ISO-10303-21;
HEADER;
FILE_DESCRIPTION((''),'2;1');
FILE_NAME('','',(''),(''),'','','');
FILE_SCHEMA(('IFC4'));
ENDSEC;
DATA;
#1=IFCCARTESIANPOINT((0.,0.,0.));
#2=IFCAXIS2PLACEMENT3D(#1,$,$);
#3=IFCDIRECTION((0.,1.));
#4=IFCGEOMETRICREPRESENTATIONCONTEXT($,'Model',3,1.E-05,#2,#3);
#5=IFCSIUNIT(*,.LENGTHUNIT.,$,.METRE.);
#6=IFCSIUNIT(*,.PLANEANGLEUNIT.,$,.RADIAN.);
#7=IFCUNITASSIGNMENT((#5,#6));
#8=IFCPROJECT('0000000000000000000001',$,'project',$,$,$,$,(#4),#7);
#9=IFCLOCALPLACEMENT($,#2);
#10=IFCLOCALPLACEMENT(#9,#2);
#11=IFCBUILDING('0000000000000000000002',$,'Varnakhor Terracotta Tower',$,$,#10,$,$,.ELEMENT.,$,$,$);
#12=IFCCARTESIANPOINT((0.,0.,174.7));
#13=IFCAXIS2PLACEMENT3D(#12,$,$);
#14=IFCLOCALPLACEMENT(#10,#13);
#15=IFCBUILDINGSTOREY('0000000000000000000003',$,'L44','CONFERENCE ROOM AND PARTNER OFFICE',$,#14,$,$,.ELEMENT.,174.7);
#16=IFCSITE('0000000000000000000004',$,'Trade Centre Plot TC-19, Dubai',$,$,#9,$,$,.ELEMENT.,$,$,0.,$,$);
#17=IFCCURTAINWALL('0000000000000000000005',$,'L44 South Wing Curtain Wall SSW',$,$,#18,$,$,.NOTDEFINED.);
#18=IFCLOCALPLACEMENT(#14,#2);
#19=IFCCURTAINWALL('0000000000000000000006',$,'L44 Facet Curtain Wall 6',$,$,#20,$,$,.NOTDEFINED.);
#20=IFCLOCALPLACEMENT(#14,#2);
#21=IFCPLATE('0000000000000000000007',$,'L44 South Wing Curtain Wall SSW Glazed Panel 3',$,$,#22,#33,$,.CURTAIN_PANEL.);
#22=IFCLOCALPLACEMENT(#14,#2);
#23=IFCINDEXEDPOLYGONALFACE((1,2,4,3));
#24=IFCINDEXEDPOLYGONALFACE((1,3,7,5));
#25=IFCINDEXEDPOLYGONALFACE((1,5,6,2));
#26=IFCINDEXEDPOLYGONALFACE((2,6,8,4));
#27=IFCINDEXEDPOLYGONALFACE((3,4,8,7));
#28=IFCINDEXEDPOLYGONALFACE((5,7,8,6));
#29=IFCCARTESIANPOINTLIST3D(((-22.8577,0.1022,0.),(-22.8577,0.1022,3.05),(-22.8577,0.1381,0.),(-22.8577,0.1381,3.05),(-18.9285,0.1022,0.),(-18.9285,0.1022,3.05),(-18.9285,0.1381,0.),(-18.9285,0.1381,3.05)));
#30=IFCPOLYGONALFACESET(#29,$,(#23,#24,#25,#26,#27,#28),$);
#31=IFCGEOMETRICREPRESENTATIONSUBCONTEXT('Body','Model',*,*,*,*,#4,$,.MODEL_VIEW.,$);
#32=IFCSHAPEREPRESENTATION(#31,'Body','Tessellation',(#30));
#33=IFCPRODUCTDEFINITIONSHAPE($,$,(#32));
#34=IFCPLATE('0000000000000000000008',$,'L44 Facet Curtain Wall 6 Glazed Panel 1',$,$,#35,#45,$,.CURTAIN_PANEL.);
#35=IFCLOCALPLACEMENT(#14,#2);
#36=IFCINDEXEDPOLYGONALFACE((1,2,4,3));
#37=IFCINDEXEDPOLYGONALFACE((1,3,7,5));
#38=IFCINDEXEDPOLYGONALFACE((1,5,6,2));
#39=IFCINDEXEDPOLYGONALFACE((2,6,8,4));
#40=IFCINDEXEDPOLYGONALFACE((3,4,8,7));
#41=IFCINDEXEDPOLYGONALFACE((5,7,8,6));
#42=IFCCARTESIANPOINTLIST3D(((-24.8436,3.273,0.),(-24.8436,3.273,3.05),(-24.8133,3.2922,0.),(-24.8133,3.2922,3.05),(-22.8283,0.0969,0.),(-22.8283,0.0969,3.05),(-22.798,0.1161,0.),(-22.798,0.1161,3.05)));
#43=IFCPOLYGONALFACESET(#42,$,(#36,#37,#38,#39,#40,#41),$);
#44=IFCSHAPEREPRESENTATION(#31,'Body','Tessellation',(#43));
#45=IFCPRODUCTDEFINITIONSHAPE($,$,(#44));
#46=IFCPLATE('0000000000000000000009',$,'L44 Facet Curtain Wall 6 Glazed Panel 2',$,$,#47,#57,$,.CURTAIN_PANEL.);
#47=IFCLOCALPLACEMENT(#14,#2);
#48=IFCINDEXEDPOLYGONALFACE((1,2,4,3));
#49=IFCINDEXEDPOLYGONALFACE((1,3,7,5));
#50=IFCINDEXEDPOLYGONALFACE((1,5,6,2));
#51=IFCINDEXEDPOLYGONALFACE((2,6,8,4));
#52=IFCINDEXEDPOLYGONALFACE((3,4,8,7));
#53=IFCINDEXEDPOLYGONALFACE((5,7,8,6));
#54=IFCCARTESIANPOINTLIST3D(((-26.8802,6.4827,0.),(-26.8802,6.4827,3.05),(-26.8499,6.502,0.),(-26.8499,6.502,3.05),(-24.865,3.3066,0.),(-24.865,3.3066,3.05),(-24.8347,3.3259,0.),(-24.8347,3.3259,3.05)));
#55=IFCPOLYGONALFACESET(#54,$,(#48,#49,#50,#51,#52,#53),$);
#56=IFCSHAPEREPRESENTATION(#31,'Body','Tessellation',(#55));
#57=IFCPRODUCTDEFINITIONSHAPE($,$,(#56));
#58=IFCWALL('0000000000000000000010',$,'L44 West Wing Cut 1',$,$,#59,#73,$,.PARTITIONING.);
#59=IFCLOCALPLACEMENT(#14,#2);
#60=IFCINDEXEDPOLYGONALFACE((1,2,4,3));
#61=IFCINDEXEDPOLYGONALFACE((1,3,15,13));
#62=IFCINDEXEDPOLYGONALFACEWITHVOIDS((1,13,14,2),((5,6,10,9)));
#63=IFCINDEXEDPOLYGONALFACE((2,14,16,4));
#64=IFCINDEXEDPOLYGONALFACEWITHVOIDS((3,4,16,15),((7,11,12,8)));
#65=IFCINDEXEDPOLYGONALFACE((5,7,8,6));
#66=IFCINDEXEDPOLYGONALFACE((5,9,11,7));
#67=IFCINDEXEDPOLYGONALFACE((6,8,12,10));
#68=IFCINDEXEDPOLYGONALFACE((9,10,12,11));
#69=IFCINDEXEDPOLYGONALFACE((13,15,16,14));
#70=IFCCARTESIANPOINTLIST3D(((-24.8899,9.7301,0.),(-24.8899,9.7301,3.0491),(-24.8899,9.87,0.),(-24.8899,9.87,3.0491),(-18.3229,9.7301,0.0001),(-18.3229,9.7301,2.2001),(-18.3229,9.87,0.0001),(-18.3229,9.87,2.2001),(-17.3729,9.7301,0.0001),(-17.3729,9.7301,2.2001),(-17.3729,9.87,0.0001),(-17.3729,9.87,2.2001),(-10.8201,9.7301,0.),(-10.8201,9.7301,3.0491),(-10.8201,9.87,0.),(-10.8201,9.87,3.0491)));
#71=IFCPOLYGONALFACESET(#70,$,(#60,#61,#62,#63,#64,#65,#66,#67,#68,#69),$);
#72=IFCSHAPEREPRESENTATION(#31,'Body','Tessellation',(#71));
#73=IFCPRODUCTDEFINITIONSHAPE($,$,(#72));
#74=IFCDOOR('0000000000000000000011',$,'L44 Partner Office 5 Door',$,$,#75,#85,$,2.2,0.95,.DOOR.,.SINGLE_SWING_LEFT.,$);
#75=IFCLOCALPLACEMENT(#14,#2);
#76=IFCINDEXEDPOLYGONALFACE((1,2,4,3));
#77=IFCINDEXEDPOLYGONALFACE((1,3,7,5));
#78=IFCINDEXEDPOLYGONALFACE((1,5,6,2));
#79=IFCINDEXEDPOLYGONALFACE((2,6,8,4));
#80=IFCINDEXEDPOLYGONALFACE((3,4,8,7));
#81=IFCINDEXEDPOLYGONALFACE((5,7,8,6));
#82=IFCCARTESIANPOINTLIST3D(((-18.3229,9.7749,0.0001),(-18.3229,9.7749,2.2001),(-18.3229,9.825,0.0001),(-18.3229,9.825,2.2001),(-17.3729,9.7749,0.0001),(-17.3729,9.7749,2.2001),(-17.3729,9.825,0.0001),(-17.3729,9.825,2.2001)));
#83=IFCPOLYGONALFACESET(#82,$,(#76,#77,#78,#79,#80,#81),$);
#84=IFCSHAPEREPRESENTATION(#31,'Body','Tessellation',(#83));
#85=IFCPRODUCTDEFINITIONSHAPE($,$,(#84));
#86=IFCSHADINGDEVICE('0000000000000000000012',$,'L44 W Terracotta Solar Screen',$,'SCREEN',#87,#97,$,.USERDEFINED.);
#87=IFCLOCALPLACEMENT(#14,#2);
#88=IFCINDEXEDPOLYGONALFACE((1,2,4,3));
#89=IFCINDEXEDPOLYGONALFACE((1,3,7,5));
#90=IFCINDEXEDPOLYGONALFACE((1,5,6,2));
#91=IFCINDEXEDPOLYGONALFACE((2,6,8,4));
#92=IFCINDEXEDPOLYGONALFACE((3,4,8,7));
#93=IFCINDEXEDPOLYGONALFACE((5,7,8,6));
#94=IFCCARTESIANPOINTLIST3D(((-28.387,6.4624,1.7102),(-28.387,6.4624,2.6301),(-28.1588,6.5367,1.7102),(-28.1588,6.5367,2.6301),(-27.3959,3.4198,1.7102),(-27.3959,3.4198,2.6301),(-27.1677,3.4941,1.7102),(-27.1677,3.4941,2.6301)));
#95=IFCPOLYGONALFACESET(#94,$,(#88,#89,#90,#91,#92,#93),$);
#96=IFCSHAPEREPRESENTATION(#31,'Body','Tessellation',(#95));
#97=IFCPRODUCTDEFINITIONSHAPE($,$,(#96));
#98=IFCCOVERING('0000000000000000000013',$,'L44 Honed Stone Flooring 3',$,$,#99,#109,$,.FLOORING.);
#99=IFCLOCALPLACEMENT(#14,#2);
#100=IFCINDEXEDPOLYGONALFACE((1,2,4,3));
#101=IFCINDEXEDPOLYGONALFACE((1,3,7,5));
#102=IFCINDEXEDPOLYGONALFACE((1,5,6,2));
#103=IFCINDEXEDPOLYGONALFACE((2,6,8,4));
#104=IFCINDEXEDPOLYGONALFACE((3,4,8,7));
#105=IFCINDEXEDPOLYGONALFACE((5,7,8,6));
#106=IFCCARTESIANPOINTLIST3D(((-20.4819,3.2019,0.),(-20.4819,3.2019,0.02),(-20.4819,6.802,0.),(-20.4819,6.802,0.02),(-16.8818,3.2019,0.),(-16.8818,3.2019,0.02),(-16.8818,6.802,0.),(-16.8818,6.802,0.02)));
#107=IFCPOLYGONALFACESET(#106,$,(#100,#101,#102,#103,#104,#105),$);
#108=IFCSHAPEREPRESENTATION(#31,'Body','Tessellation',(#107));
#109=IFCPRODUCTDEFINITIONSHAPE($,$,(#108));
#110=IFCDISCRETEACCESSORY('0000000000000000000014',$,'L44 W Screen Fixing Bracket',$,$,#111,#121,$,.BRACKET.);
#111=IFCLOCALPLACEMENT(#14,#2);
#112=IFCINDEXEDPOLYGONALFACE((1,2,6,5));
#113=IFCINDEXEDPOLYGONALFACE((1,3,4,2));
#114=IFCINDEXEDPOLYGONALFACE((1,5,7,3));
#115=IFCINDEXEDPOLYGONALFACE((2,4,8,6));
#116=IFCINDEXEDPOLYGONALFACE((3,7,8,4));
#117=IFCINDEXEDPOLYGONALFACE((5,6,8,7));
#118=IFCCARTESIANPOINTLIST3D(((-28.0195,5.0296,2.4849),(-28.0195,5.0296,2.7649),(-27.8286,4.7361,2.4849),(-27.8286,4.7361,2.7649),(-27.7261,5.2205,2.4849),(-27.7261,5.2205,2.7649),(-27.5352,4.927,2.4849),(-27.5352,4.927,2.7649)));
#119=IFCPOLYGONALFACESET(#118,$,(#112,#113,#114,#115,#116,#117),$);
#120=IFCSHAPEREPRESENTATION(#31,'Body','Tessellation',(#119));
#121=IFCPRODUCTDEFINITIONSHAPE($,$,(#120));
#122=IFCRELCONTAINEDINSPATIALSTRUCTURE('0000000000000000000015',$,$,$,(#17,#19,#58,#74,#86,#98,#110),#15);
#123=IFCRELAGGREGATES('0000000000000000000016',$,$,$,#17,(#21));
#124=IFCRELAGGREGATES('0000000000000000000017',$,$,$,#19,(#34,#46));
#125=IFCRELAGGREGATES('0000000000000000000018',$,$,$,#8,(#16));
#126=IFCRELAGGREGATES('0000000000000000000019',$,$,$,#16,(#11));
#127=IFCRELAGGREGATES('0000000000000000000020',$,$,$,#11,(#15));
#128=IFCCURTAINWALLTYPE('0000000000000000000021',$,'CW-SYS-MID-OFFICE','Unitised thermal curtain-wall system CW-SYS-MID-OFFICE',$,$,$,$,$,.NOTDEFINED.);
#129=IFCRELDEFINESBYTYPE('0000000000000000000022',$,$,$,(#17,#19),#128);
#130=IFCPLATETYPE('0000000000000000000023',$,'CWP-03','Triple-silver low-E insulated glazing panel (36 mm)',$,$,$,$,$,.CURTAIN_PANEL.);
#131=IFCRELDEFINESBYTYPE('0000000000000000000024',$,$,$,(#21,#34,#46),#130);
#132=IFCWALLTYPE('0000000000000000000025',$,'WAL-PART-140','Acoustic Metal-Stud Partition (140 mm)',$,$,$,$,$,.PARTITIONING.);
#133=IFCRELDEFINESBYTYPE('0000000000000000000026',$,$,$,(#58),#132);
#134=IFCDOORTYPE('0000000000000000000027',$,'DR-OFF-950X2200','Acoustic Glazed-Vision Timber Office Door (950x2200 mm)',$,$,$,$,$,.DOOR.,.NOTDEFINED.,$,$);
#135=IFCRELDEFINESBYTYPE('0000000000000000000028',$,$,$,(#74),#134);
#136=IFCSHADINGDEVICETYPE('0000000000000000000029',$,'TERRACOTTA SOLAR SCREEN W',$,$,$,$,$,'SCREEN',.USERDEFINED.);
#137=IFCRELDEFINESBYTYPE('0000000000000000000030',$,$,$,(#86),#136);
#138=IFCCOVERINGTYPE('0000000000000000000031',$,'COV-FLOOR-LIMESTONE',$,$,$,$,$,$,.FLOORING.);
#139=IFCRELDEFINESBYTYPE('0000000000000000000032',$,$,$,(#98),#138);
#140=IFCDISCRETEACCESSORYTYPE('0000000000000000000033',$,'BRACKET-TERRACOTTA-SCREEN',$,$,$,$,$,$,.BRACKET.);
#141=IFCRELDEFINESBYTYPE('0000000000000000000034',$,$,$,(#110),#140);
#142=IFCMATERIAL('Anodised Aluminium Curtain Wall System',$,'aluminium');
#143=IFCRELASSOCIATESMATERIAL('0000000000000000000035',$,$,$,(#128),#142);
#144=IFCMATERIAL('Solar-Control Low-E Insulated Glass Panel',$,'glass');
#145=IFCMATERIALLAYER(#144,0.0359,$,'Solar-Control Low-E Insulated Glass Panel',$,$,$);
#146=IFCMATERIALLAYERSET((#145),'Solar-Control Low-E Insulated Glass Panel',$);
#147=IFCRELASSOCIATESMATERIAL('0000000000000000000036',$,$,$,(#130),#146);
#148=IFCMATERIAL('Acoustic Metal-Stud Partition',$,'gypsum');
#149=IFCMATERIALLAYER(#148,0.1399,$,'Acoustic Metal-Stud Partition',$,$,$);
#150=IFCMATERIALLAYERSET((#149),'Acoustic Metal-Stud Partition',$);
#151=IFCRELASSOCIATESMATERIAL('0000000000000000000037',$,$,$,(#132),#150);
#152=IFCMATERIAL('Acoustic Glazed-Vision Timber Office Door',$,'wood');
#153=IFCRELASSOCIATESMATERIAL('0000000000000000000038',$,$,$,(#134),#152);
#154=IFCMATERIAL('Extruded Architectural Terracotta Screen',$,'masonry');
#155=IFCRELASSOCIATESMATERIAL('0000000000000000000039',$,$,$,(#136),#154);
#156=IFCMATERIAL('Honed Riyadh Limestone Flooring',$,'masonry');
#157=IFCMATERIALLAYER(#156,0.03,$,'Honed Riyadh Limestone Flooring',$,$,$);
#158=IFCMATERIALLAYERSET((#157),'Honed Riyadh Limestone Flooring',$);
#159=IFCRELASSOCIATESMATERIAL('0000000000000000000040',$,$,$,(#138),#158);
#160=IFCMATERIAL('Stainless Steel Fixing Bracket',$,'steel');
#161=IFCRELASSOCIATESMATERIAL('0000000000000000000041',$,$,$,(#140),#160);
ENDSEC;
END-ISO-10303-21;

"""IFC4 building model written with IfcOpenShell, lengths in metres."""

from ifc_helpers import new_model, si_unit, direction, frame, frame_2d, origin, origin_2d, place, context, subcontext, project, spatial, rectangle, extrude, source, transform, mapped, material, layer, layer_set, type_object, type_shapes, element, fill, aggregate, save


model = new_model("IFC4")

# Units and contexts
model_context = context("Model", 3, precision=1e-05, world=origin(), true_north=direction((0.0, 1.0)))
body_context = subcontext(model_context, "Body", "Model", "MODEL_VIEW")
ifc_project = project(units=[si_unit("LENGTHUNIT", "METRE"), si_unit("PLANEANGLEUNIT", "RADIAN")], contexts=[model_context])

# Site, building, storey
site_placement = place(None, origin())
site = spatial("IfcSite", under=ifc_project, at=site_placement, Name="Trade Centre Plot TC-19, Dubai", CompositionType="ELEMENT", RefElevation=0.0)
building_placement = place(site_placement, origin())
building = spatial("IfcBuilding", under=site, at=building_placement, Name="Varnakhor Terracotta Tower", CompositionType="ELEMENT")
storey_placement = place(building_placement, frame((0.0, 0.0, 174.7)))
storey = spatial("IfcBuildingStorey", under=building, at=storey_placement, Name="L44", Description="CONFERENCE ROOM AND PARTNER OFFICE", CompositionType="ELEMENT", Elevation=174.7)

# Curtain walls
ifc_material_1 = material(Name="Anodised Aluminium Curtain Wall System", Category="aluminium")
curtain_wall_type = type_object("IfcCurtainWallType", Name="CW-SYS-MID-OFFICE", Description="Unitised thermal curtain-wall system CW-SYS-MID-OFFICE", PredefinedType="NOTDEFINED", material=ifc_material_1)
curtain_wall_1_placement = place(storey_placement, origin())
curtain_wall_1 = element("IfcCurtainWall", 1, at=curtain_wall_1_placement, inside=storey, type_object=curtain_wall_type, Name="L44 South Wing Curtain Wall SSW", PredefinedType="NOTDEFINED")
curtain_wall_2_placement = place(storey_placement, origin())
curtain_wall_2 = element("IfcCurtainWall", 2, at=curtain_wall_2_placement, inside=storey, type_object=curtain_wall_type, Name="L44 Facet Curtain Wall 6", PredefinedType="NOTDEFINED")

# Plates
ifc_material_2 = material(Name="Solar-Control Low-E Insulated Glass Panel", Category="glass")
ifc_layer_1 = layer(ifc_material_2, 0.0359, Name="Solar-Control Low-E Insulated Glass Panel")
ifc_layer_set_1 = layer_set([ifc_layer_1], Name="Solar-Control Low-E Insulated Glass Panel")
plate_type = type_object("IfcPlateType", Name="CWP-03", Description="Triple-silver low-E insulated glazing panel (36 mm)", PredefinedType="CURTAIN_PANEL", material=ifc_layer_set_1)
shared_shape_1 = source(origin(), body_context, "Body", "SweptSolid", [
    extrude(rectangle(XDim=3.9292, YDim=0.0359, at=origin_2d()), origin(), (0.0, 0.0, 1.0), 3.05),
])
plate_1_placement = place(storey_placement, frame((-20.8931, 0.1201, 0.0), z_axis=(0.0, 0.0, 1.0), x_axis=(-1.0, 0.0, 0.0)))
plate_1 = element("IfcPlate", 3, at=plate_1_placement, type_object=plate_type, Name="L44 South Wing Curtain Wall SSW Glazed Panel 3", PredefinedType="CURTAIN_PANEL", context=body_context, shape_type="MappedRepresentation", body=[
    mapped(shared_shape_1, transform((0.0, 0.0, 0.0), scale=1.0)),
])
aggregate(curtain_wall_1, [plate_1])
shared_shape_2 = source(origin(), body_context, "Body", "SweptSolid", [
    extrude(rectangle(XDim=3.7615, YDim=0.0359, at=origin_2d()), origin(), (0.0, 0.0, 1.0), 3.05),
])
plate_2_placement = place(storey_placement, frame((-23.8208, 1.6946, 0.0), z_axis=(0.0, 0.0, 1.0), x_axis=(-0.535753, 0.844375, 0.0)))
plate_2 = element("IfcPlate", 4, at=plate_2_placement, type_object=plate_type, Name="L44 Facet Curtain Wall 6 Glazed Panel 1", PredefinedType="CURTAIN_PANEL", context=body_context, shape_type="MappedRepresentation", body=[
    mapped(shared_shape_2, transform((0.0, 0.0, 0.0), scale=1.0)),
])
plate_3_placement = place(storey_placement, frame((-25.8574, 4.9043, 0.0), z_axis=(0.0, 0.0, 1.0), x_axis=(-0.535753, 0.844375, 0.0)))
plate_3 = element("IfcPlate", 5, at=plate_3_placement, type_object=plate_type, Name="L44 Facet Curtain Wall 6 Glazed Panel 2", PredefinedType="CURTAIN_PANEL", context=body_context, shape_type="MappedRepresentation", body=[
    mapped(shared_shape_2, transform((0.0, 0.0, 0.0), scale=1.0)),
])
aggregate(curtain_wall_2, [plate_2, plate_3])

# Wall, opening, door
ifc_material_3 = material(Name="Acoustic Metal-Stud Partition", Category="gypsum")
ifc_layer_2 = layer(ifc_material_3, 0.1399, Name="Acoustic Metal-Stud Partition")
ifc_layer_set_2 = layer_set([ifc_layer_2], Name="Acoustic Metal-Stud Partition")
wall_type = type_object("IfcWallType", Name="WAL-PART-140", Description="Acoustic Metal-Stud Partition (140 mm)", PredefinedType="PARTITIONING", material=ifc_layer_set_2)
wall_placement = place(storey_placement, frame((-24.8899, 9.8, 0.0), z_axis=(0.0, 0.0, 1.0), x_axis=(1.0, 0.0, 0.0)))
wall = element("IfcWall", 6, at=wall_placement, inside=storey, type_object=wall_type, Name="L44 West Wing Cut 1", PredefinedType="PARTITIONING", context=body_context, shape_type="SweptSolid", body=[
    extrude(rectangle(XDim=14.0698, YDim=0.1399, at=frame_2d((7.0349, 0.0))), origin(), (0.0, 0.0, 1.0), 3.0491),
])
opening_placement = place(wall_placement, frame((6.5669, 0.0, 0.0)))
opening = element("IfcOpeningElement", 7, at=opening_placement, cuts=wall, PredefinedType="OPENING", context=body_context, shape_type="SweptSolid", body=[
    extrude(rectangle(XDim=0.95, YDim=2.2, at=frame_2d((0.4751, 1.1001))), frame((0.0, 0.0801, 0.0), z_axis=(0.0, -1.0, 0.0), x_axis=(1.0, 0.0, 0.0)), (0.0, 0.0, 1.0), 0.1599),
])
ifc_material_4 = material(Name="Acoustic Glazed-Vision Timber Office Door", Category="wood")
door_type = type_object("IfcDoorType", Name="DR-OFF-950X2200", Description="Acoustic Glazed-Vision Timber Office Door (950x2200 mm)", OperationType="NOTDEFINED", PredefinedType="DOOR", material=ifc_material_4)
shared_shape_3 = source(origin(), body_context, "Body", "SweptSolid", [
    extrude(rectangle(XDim=0.95, YDim=2.2, at=frame_2d((0.4751, 1.1001))), frame((0.0, 0.0249, 0.0), z_axis=(0.0, -1.0, 0.0), x_axis=(1.0, 0.0, 0.0)), (0.0, 0.0, 1.0), 0.05),
])
type_shapes(door_type, [shared_shape_3])
door_placement = place(opening_placement, origin())
door = element("IfcDoor", 8, at=door_placement, inside=storey, type_object=door_type, Name="L44 Partner Office 5 Door", OperationType="SINGLE_SWING_LEFT", OverallHeight=2.2, OverallWidth=0.95, PredefinedType="DOOR", context=body_context, shape_type="MappedRepresentation", body=[
    mapped(shared_shape_3, transform((0.0, 0.0, 0.0), scale=1.0)),
])
fill(opening, door)

# Shading device
ifc_material_5 = material(Name="Extruded Architectural Terracotta Screen", Category="masonry")
shading_device_type = type_object("IfcShadingDeviceType", Name="TERRACOTTA SOLAR SCREEN W", ElementType="SCREEN", PredefinedType="USERDEFINED", material=ifc_material_5)
shared_shape_4 = source(origin(), body_context, "Body", "SweptSolid", [
    extrude(rectangle(XDim=3.2, YDim=0.24, at=origin_2d()), origin(), (0.0, 0.0, 1.0), 0.9199),
])
type_shapes(shading_device_type, [shared_shape_4])
shading_device_placement = place(storey_placement, frame((-27.7773, 4.9783, 1.7102), z_axis=(0.0, 0.0, 1.0), x_axis=(0.309731, -0.950824, 0.0)))
element("IfcShadingDevice", 9, at=shading_device_placement, inside=storey, type_object=shading_device_type, Name="L44 W Terracotta Solar Screen", ObjectType="SCREEN", PredefinedType="USERDEFINED", context=body_context, shape_type="MappedRepresentation", body=[
    mapped(shared_shape_4, transform((0.0, 0.0, 0.0), scale=1.0)),
])

# Covering
ifc_material_6 = material(Name="Honed Riyadh Limestone Flooring", Category="masonry")
ifc_layer_3 = layer(ifc_material_6, 0.03, Name="Honed Riyadh Limestone Flooring")
ifc_layer_set_3 = layer_set([ifc_layer_3], Name="Honed Riyadh Limestone Flooring")
covering_type = type_object("IfcCoveringType", Name="COV-FLOOR-LIMESTONE", PredefinedType="FLOORING", material=ifc_layer_set_3)
shared_shape_5 = source(origin(), body_context, "Body", "SweptSolid", [
    extrude(rectangle(XDim=3.6001, YDim=3.6001, at=origin_2d()), origin(), (0.0, 0.0, 1.0), 0.02),
])
covering_placement = place(storey_placement, frame((-18.6819, 5.002, 0.0), z_axis=(0.0, 0.0, 1.0), x_axis=(1.0, 0.0, 0.0)))
element("IfcCovering", 10, at=covering_placement, inside=storey, type_object=covering_type, Name="L44 Honed Stone Flooring 3", PredefinedType="FLOORING", context=body_context, shape_type="MappedRepresentation", body=[
    mapped(shared_shape_5, transform((0.0, 0.0, 0.0), scale=1.0)),
])

# Discrete accessory
ifc_material_7 = material(Name="Stainless Steel Fixing Bracket", Category="steel")
discrete_accessory_type = type_object("IfcDiscreteAccessoryType", Name="BRACKET-TERRACOTTA-SCREEN", PredefinedType="BRACKET", material=ifc_material_7)
shared_shape_6 = source(origin(), body_context, "Body", "SweptSolid", [
    extrude(rectangle(XDim=0.3501, YDim=0.3501, at=origin_2d()), origin(), (0.0, 0.0, 1.0), 0.28),
])
type_shapes(discrete_accessory_type, [shared_shape_6])
discrete_accessory_placement = place(storey_placement, frame((-27.7773, 4.9783, 2.4849), z_axis=(0.0, 0.0, 1.0), x_axis=(0.545268, -0.838262, 0.0)))
element("IfcDiscreteAccessory", 11, at=discrete_accessory_placement, inside=storey, type_object=discrete_accessory_type, Name="L44 W Screen Fixing Bracket", PredefinedType="BRACKET", context=body_context, shape_type="MappedRepresentation", body=[
    mapped(shared_shape_6, transform((0.0, 0.0, 0.0), scale=1.0)),
])

save(model, "model.ifc")
